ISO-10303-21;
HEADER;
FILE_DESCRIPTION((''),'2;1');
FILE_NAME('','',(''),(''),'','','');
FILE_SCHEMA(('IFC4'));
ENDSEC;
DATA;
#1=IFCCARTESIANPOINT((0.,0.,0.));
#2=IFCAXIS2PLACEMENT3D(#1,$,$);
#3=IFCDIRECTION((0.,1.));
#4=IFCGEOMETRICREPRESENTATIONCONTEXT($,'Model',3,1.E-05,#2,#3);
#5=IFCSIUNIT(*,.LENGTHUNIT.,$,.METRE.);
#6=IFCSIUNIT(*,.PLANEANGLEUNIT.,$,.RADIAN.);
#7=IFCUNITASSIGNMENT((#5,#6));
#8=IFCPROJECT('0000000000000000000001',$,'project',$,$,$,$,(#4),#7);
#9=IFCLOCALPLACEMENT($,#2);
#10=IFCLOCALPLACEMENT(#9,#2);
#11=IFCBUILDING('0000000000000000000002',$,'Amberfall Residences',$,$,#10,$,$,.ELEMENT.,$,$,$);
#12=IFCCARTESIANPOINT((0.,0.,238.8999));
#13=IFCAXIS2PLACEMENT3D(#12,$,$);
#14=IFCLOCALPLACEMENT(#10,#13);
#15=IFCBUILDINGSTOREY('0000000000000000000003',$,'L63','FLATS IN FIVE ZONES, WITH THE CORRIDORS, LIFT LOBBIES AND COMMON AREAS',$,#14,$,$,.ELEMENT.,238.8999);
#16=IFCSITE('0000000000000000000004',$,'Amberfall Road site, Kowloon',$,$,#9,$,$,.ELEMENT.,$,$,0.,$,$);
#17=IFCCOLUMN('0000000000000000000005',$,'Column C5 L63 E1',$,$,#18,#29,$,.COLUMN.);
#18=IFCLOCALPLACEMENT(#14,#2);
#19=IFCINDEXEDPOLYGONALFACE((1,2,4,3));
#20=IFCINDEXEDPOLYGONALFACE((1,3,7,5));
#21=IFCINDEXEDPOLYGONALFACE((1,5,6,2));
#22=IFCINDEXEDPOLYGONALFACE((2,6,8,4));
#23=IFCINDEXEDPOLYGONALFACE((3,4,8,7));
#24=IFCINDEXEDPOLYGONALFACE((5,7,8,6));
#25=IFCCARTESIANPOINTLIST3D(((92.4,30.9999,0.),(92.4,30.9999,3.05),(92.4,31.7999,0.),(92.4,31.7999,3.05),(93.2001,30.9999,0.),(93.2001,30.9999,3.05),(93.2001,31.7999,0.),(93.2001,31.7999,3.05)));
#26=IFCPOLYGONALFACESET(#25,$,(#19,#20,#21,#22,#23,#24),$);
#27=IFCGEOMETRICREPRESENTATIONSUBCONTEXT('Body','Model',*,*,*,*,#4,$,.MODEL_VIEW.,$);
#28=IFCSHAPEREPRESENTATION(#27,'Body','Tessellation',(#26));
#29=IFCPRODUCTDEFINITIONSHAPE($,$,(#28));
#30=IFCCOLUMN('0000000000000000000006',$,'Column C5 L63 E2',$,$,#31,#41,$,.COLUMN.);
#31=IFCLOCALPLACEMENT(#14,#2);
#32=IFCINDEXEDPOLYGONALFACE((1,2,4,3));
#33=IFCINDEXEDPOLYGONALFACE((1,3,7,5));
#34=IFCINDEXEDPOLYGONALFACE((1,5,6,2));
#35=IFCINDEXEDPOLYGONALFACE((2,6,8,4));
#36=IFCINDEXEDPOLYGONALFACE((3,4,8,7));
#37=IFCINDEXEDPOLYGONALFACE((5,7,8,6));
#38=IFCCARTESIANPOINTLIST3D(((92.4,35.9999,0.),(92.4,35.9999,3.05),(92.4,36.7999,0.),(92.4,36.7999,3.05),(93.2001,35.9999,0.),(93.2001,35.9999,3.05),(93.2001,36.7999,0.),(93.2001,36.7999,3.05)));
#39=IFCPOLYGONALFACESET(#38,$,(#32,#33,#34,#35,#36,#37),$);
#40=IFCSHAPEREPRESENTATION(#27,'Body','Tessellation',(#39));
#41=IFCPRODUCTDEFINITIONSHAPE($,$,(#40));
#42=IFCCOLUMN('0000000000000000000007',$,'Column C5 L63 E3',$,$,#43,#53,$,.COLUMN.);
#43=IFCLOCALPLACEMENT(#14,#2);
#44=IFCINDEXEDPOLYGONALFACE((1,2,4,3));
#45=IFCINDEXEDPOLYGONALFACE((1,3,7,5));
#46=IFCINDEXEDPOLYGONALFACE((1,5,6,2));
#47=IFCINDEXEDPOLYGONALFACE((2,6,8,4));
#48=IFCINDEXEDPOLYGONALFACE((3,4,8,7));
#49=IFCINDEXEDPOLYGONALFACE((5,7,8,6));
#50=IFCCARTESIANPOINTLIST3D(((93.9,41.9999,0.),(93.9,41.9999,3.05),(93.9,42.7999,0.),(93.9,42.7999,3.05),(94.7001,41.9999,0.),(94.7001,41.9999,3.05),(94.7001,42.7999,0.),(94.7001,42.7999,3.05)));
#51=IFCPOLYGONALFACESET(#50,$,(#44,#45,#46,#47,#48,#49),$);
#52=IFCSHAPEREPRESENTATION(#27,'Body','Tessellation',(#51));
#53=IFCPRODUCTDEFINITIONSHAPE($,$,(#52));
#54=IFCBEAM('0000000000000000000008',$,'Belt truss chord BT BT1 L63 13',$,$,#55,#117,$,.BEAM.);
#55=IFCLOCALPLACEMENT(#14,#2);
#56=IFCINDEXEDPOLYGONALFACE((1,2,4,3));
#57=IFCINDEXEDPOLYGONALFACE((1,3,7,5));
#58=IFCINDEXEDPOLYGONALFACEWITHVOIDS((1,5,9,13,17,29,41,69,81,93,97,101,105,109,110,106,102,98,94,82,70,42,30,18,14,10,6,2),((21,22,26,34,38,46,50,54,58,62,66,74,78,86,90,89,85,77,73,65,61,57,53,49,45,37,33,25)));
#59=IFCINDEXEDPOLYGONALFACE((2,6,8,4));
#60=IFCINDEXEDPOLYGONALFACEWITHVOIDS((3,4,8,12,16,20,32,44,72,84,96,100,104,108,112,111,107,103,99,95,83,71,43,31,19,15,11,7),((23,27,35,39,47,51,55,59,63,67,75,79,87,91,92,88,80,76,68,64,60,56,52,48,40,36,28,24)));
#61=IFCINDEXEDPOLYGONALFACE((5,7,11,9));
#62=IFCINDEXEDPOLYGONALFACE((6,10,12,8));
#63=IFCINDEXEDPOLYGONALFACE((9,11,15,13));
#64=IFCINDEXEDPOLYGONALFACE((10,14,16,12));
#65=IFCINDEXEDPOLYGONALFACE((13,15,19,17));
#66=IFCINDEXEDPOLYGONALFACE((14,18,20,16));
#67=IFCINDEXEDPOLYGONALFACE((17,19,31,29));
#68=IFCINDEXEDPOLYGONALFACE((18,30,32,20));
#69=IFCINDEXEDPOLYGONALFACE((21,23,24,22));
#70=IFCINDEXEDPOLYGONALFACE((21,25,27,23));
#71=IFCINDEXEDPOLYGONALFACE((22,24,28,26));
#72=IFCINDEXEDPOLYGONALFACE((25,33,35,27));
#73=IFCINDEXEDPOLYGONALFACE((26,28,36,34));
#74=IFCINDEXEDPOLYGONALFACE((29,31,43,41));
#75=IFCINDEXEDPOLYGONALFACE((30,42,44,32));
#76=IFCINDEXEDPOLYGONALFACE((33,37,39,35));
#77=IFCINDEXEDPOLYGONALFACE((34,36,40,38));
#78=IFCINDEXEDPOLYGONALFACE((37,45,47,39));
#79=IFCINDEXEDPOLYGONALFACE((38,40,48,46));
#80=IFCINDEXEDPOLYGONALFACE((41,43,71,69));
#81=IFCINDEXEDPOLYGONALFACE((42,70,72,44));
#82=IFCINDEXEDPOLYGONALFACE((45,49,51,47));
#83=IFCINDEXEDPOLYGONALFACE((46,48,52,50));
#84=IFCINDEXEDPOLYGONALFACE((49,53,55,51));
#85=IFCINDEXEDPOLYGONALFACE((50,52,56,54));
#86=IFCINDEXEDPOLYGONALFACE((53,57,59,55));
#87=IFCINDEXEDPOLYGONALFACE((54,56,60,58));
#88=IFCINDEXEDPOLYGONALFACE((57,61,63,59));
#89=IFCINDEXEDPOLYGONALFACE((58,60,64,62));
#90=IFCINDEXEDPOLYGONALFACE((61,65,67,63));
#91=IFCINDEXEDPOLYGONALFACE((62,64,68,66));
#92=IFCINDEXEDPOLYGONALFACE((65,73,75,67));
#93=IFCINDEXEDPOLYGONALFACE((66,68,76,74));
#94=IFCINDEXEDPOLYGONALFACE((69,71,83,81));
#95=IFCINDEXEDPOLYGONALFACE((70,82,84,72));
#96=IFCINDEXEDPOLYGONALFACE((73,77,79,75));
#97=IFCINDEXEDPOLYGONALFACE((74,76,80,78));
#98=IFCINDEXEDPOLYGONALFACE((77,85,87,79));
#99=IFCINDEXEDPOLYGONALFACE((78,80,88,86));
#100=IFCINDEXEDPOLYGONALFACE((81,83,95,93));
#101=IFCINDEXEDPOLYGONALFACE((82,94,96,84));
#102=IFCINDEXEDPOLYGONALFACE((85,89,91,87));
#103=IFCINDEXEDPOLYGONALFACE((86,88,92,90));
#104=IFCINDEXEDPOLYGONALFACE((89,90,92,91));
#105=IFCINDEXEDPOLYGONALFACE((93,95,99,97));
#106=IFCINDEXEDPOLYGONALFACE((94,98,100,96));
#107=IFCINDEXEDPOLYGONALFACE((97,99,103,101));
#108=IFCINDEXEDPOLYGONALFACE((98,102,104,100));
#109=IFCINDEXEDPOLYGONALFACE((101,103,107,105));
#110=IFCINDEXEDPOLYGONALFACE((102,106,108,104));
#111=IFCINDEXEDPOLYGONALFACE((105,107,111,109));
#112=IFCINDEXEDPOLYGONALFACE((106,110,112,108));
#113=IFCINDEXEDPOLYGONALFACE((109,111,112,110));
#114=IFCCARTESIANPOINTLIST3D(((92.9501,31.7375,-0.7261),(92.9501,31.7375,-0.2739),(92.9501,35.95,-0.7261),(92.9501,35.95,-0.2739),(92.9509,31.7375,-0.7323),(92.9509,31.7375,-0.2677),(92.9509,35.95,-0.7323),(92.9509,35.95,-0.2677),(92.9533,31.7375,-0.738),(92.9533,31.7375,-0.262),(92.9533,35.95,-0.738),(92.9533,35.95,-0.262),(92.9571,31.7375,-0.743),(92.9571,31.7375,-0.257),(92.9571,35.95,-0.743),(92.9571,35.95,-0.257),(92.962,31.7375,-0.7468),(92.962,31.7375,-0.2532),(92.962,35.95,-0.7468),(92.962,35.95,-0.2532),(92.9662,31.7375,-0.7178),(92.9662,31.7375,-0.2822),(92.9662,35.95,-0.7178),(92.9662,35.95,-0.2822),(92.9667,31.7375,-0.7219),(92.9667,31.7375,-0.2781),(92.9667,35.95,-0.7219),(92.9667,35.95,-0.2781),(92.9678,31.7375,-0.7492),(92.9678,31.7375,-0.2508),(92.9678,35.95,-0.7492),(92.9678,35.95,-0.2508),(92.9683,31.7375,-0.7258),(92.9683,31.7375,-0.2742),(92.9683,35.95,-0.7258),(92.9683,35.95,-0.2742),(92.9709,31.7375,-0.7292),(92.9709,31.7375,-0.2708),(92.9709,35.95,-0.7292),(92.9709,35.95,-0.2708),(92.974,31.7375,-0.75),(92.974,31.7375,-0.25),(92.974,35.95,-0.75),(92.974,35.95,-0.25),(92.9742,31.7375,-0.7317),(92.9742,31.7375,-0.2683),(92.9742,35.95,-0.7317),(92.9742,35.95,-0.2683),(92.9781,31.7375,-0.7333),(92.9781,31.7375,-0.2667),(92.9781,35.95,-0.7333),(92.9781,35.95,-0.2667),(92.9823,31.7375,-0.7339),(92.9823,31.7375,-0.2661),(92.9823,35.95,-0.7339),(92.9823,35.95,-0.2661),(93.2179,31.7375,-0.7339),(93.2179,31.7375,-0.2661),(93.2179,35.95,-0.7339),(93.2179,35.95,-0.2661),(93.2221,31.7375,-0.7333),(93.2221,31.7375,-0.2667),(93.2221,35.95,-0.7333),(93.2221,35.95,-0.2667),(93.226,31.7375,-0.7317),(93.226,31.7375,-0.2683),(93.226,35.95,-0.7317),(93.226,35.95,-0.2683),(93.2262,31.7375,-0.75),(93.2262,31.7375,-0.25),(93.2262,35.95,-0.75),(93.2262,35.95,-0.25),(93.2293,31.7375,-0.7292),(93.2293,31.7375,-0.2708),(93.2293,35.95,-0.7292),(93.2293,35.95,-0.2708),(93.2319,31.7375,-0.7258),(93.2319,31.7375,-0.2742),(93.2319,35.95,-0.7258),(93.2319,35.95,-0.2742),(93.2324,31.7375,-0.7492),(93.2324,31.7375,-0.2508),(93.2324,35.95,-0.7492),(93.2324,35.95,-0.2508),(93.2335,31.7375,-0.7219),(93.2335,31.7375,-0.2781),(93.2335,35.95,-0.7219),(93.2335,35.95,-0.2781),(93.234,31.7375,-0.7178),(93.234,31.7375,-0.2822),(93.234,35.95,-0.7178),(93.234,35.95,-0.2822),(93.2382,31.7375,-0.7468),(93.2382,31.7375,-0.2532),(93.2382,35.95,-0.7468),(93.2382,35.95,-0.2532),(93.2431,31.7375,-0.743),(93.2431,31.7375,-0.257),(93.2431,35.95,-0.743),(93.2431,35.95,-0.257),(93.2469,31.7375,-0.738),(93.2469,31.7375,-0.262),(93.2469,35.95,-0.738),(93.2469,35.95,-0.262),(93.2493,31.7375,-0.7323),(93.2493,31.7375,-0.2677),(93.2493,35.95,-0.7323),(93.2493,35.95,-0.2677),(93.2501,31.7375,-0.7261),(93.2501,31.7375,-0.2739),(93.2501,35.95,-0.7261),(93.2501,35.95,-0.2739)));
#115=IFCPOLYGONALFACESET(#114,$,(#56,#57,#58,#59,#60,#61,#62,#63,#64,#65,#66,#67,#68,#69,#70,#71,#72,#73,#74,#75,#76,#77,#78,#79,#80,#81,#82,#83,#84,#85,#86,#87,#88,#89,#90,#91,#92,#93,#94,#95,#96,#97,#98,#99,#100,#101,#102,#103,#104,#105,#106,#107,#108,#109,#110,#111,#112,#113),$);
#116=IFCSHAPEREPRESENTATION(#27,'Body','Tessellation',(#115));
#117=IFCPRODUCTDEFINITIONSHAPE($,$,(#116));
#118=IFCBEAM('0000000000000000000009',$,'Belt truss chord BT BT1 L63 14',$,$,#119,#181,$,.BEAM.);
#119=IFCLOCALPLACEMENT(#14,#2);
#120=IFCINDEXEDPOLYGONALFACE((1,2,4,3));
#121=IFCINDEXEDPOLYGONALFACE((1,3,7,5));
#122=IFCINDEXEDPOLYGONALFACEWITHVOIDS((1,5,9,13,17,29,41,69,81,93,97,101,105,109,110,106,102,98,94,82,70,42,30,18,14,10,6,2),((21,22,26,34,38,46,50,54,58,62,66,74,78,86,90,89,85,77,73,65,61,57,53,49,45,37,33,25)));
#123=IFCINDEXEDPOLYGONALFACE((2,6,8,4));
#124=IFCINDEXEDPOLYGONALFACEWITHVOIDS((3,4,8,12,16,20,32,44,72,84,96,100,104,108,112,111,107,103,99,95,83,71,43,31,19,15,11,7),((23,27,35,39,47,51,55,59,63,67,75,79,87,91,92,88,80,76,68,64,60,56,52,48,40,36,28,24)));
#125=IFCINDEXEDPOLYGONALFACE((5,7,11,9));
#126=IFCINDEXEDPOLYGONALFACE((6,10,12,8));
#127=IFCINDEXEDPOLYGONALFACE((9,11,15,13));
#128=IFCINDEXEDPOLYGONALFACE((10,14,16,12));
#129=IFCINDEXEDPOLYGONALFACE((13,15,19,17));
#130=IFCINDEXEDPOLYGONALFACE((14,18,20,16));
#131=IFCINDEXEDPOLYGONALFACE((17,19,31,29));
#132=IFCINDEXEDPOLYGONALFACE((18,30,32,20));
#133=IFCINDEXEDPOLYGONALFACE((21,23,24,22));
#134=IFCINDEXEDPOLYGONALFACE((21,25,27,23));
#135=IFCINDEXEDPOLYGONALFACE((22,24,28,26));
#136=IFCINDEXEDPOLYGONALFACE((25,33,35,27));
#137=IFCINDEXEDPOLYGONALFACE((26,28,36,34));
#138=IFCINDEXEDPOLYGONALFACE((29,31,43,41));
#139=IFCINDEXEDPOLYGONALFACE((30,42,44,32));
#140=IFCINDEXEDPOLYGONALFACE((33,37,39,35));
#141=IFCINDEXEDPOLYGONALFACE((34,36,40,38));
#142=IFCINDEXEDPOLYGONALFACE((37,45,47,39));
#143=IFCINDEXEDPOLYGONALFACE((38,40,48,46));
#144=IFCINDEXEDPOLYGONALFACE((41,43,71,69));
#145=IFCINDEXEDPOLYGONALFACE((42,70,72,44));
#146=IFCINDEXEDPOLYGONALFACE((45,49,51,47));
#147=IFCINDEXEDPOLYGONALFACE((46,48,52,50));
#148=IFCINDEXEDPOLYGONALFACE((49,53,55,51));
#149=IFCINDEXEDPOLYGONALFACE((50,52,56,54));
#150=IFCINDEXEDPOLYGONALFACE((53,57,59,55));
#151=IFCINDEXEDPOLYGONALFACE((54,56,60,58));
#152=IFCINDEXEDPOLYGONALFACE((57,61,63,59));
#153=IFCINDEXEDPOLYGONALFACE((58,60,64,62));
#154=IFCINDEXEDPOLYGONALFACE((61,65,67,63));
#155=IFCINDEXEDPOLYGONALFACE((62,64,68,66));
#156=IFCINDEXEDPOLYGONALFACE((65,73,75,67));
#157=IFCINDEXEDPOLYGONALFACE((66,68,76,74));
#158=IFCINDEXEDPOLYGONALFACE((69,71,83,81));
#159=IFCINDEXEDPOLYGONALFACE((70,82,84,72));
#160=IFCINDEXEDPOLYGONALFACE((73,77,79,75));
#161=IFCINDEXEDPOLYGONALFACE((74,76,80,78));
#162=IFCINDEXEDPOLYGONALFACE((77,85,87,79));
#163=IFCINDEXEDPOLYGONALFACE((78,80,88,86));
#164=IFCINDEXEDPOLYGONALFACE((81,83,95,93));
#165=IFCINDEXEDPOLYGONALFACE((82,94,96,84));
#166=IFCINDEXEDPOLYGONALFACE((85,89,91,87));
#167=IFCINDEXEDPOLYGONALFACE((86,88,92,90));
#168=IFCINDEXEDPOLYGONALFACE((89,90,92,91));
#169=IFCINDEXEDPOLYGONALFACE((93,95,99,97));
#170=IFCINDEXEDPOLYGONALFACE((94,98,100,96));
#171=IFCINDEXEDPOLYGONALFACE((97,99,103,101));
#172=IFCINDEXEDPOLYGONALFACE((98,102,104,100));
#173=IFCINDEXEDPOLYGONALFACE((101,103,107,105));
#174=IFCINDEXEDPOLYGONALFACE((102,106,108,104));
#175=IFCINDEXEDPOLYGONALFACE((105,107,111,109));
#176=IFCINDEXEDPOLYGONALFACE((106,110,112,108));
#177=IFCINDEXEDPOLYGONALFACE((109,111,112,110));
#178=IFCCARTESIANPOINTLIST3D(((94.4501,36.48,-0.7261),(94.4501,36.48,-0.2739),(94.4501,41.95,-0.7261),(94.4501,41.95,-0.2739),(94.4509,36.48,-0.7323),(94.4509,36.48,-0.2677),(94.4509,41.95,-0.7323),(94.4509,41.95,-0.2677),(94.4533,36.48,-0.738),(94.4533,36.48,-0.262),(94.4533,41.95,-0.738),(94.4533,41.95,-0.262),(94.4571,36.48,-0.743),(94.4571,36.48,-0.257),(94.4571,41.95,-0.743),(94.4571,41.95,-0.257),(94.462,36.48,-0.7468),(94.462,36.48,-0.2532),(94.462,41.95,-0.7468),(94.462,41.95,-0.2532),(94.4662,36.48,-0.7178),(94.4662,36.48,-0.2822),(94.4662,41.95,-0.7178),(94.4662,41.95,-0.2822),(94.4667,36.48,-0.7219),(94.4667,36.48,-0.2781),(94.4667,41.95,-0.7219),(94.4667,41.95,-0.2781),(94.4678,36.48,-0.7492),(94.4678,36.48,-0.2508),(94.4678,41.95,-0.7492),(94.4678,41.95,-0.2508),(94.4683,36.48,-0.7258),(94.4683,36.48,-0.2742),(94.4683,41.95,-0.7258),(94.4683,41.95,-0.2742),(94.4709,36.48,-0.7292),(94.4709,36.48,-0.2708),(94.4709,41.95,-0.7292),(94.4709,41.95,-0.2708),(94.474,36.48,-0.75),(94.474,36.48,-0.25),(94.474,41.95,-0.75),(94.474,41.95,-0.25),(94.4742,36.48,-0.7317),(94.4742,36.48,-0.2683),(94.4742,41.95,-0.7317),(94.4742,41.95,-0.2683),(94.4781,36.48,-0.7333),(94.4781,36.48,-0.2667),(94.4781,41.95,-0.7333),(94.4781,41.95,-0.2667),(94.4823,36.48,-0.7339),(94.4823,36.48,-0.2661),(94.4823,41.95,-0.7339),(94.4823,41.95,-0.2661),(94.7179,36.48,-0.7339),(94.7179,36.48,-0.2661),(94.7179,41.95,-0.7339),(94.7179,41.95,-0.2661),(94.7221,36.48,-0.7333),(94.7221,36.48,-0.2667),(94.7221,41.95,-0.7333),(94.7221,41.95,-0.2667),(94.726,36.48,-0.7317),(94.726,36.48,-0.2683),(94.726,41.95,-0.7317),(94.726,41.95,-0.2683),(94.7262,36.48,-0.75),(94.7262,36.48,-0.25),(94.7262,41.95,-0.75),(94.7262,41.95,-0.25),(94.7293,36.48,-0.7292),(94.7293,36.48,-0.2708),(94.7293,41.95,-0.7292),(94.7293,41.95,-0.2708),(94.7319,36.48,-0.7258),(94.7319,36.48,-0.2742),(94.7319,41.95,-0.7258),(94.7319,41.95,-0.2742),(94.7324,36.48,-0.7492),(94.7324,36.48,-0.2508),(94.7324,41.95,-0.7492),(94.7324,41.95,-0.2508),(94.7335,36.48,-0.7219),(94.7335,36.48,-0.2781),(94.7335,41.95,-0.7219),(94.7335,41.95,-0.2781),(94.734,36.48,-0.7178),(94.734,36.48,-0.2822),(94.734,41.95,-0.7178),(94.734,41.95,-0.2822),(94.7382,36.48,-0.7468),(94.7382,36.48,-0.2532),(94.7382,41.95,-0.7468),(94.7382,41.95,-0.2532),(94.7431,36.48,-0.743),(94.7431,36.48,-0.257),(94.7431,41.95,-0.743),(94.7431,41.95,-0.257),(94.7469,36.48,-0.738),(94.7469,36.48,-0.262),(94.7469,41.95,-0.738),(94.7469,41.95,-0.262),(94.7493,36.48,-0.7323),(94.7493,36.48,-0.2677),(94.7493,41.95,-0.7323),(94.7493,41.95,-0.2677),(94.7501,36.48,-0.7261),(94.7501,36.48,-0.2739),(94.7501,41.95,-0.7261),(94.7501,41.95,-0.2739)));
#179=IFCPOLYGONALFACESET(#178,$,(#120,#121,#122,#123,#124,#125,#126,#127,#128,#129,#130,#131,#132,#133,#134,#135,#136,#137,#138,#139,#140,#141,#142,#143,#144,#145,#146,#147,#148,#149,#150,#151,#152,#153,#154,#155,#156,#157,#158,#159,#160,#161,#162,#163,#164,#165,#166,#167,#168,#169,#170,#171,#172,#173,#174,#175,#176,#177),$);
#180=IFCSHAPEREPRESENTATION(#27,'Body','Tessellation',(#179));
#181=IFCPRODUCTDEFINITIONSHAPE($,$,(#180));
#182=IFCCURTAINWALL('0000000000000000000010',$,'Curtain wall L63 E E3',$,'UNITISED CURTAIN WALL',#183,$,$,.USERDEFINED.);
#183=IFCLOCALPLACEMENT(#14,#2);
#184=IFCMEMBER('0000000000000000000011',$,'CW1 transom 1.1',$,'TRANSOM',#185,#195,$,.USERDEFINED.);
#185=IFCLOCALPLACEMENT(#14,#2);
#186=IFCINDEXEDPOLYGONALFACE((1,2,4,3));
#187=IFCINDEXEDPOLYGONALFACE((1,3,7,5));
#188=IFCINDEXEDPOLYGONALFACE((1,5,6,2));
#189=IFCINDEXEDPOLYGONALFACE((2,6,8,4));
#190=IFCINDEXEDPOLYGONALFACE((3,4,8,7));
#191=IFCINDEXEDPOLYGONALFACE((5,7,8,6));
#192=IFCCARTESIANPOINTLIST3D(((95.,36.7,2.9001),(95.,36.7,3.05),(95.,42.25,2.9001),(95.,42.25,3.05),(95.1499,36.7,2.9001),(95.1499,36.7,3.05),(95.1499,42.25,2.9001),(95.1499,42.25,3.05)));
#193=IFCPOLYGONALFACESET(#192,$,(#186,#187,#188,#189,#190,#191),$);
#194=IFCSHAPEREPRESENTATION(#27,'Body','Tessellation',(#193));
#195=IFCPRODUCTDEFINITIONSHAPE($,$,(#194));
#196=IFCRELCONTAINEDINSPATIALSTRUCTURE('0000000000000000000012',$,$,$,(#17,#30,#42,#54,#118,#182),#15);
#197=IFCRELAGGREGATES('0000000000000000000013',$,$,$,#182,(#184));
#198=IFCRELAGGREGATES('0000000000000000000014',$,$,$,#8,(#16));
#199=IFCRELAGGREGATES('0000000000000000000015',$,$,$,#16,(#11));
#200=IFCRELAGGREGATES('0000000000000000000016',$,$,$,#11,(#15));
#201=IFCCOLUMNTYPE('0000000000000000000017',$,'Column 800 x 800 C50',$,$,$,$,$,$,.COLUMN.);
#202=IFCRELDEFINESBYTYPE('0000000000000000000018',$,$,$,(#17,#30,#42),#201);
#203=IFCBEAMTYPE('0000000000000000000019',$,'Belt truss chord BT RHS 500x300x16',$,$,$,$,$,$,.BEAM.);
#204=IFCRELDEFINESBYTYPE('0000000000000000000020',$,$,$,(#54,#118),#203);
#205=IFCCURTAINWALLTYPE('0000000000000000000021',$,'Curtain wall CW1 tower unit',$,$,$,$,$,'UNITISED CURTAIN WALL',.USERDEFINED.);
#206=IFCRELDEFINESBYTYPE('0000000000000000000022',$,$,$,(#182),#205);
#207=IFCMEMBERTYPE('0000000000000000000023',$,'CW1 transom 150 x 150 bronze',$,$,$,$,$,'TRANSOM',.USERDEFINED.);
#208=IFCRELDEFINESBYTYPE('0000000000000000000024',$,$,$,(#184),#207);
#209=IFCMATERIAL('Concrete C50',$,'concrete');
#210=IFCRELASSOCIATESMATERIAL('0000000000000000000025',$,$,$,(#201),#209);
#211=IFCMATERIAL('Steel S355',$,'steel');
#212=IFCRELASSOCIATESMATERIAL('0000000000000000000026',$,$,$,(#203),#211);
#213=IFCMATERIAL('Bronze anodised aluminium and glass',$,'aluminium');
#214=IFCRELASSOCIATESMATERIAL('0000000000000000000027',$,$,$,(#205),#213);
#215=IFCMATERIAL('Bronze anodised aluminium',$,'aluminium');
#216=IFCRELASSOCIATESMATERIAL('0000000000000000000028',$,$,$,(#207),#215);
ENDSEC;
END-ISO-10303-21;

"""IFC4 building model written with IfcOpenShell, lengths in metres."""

from ifc_helpers import new_model, si_unit, direction, frame, origin, origin_2d, place, context, subcontext, project, spatial, rectangle, hollow_rectangle, extrude, material, material_profile, profile_set, type_object, element, aggregate, save


model = new_model("IFC4")

# Units and contexts
model_context = context("Model", 3, precision=1e-05, world=origin(), true_north=direction((0.0, 1.0)))
body_context = subcontext(model_context, "Body", "Model", "MODEL_VIEW")
ifc_project = project(units=[si_unit("LENGTHUNIT", "METRE"), si_unit("PLANEANGLEUNIT", "RADIAN")], contexts=[model_context])

# Site, building, storey
site_placement = place(None, origin())
site = spatial("IfcSite", under=ifc_project, at=site_placement, Name="Amberfall Road site, Kowloon", CompositionType="ELEMENT", RefElevation=0.0)
building_placement = place(site_placement, origin())
building = spatial("IfcBuilding", under=site, at=building_placement, Name="Amberfall Residences", CompositionType="ELEMENT")
storey_placement = place(building_placement, frame((0.0, 0.0, 238.8999)))
storey = spatial("IfcBuildingStorey", under=building, at=storey_placement, Name="L63", Description="FLATS IN FIVE ZONES, WITH THE CORRIDORS, LIFT LOBBIES AND COMMON AREAS", CompositionType="ELEMENT", Elevation=238.8999)

# Columns
ifc_material_1 = material(Name="Concrete C50", Category="concrete")
ifc_material_profile_1 = material_profile(ifc_material_1, rectangle(XDim=0.8, YDim=0.8, at=origin_2d()), Name="Column 800 x 800 C50")
ifc_profile_set_1 = profile_set([ifc_material_profile_1], Name="Concrete C50")
column_type = type_object("IfcColumnType", Name="Column 800 x 800 C50", PredefinedType="COLUMN", material=ifc_profile_set_1)
for number, where, z_axis, x_axis, name in (
    (1, (92.8, 31.3999, 0.0), (0.0, 0.0, 1.0), (1.0, 0.0, 0.0), "Column C5 L63 E1"),
    (2, (92.8, 36.3999, 0.0), (0.0, 0.0, 1.0), (1.0, 0.0, 0.0), "Column C5 L63 E2"),
    (3, (94.3, 42.3999, 0.0), (0.0, 0.0, 1.0), (1.0, 0.0, 0.0), "Column C5 L63 E3"),
):
    element("IfcColumn", number, at=place(storey_placement, frame(where, z_axis=z_axis, x_axis=x_axis)), inside=storey, type_object=column_type, Name=name, PredefinedType="COLUMN", context=body_context, shape_type="SweptSolid", body=[
        extrude(rectangle(XDim=0.8, YDim=0.8, at=origin_2d()), origin(), (0.0, 0.0, 1.0), 3.05),
    ])

# Beams
ifc_material_2 = material(Name="Steel S355", Category="steel")
ifc_material_profile_2 = material_profile(ifc_material_2, hollow_rectangle(XDim=0.3, YDim=0.5, WallThickness=0.0161, InnerFilletRadius=0.0161, OuterFilletRadius=0.0239, at=origin_2d()), Name="RHS 500x300x16")
ifc_profile_set_2 = profile_set([ifc_material_profile_2], Name="Steel S355")
beam_type_1 = type_object("IfcBeamType", Name="Belt truss chord BT RHS 500x300x16", PredefinedType="BEAM", material=ifc_profile_set_2)
beam_1_placement = place(storey_placement, frame((93.1001, 31.7375, -0.5), z_axis=(0.0, 1.0, 0.0), x_axis=(-1.0, 0.0, 0.0)))
element("IfcBeam", 4, at=beam_1_placement, inside=storey, type_object=beam_type_1, Name="Belt truss chord BT BT1 L63 13", PredefinedType="BEAM", context=body_context, shape_type="SweptSolid", body=[
    extrude(hollow_rectangle(XDim=0.3, YDim=0.5, WallThickness=0.0161, InnerFilletRadius=0.0161, OuterFilletRadius=0.0239, at=origin_2d()), origin(), (0.0, 0.0, 1.0), 4.2124),
])
beam_2_placement = place(storey_placement, frame((94.6001, 36.48, -0.5), z_axis=(0.0, 1.0, 0.0), x_axis=(-1.0, 0.0, 0.0)))
element("IfcBeam", 5, at=beam_2_placement, inside=storey, type_object=beam_type_1, Name="Belt truss chord BT BT1 L63 14", PredefinedType="BEAM", context=body_context, shape_type="SweptSolid", body=[
    extrude(hollow_rectangle(XDim=0.3, YDim=0.5, WallThickness=0.0161, InnerFilletRadius=0.0161, OuterFilletRadius=0.0239, at=origin_2d()), origin(), (0.0, 0.0, 1.0), 5.47),
])

# Curtain wall, member
ifc_material_3 = material(Name="Bronze anodised aluminium and glass", Category="aluminium")
curtain_wall_type = type_object("IfcCurtainWallType", Name="Curtain wall CW1 tower unit", ElementType="UNITISED CURTAIN WALL", PredefinedType="USERDEFINED", material=ifc_material_3)
curtain_wall_placement = place(storey_placement, origin())
curtain_wall = element("IfcCurtainWall", 6, at=curtain_wall_placement, inside=storey, type_object=curtain_wall_type, Name="Curtain wall L63 E E3", ObjectType="UNITISED CURTAIN WALL", PredefinedType="USERDEFINED")
ifc_material_4 = material(Name="Bronze anodised aluminium", Category="aluminium")
ifc_material_profile_3 = material_profile(ifc_material_4, rectangle(XDim=0.1499, YDim=0.1499, at=origin_2d()), Name="CW1 transom 150 x 150 bronze")
ifc_profile_set_3 = profile_set([ifc_material_profile_3], Name="Bronze anodised aluminium")
member_type_1 = type_object("IfcMemberType", Name="CW1 transom 150 x 150 bronze", ElementType="TRANSOM", PredefinedType="USERDEFINED", material=ifc_profile_set_3)
member_1_placement = place(storey_placement, frame((95.075, 36.7, 2.9751), z_axis=(0.0, 1.0, 0.0), x_axis=(-1.0, 0.0, 0.0)))
member_1 = element("IfcMember", 7, at=member_1_placement, type_object=member_type_1, Name="CW1 transom 1.1", ObjectType="TRANSOM", PredefinedType="USERDEFINED", context=body_context, shape_type="SweptSolid", body=[
    extrude(rectangle(XDim=0.1499, YDim=0.1499, at=origin_2d()), origin(), (0.0, 0.0, 1.0), 5.55),
])

aggregate(curtain_wall, [member_1])

save(model, "model.ifc")
